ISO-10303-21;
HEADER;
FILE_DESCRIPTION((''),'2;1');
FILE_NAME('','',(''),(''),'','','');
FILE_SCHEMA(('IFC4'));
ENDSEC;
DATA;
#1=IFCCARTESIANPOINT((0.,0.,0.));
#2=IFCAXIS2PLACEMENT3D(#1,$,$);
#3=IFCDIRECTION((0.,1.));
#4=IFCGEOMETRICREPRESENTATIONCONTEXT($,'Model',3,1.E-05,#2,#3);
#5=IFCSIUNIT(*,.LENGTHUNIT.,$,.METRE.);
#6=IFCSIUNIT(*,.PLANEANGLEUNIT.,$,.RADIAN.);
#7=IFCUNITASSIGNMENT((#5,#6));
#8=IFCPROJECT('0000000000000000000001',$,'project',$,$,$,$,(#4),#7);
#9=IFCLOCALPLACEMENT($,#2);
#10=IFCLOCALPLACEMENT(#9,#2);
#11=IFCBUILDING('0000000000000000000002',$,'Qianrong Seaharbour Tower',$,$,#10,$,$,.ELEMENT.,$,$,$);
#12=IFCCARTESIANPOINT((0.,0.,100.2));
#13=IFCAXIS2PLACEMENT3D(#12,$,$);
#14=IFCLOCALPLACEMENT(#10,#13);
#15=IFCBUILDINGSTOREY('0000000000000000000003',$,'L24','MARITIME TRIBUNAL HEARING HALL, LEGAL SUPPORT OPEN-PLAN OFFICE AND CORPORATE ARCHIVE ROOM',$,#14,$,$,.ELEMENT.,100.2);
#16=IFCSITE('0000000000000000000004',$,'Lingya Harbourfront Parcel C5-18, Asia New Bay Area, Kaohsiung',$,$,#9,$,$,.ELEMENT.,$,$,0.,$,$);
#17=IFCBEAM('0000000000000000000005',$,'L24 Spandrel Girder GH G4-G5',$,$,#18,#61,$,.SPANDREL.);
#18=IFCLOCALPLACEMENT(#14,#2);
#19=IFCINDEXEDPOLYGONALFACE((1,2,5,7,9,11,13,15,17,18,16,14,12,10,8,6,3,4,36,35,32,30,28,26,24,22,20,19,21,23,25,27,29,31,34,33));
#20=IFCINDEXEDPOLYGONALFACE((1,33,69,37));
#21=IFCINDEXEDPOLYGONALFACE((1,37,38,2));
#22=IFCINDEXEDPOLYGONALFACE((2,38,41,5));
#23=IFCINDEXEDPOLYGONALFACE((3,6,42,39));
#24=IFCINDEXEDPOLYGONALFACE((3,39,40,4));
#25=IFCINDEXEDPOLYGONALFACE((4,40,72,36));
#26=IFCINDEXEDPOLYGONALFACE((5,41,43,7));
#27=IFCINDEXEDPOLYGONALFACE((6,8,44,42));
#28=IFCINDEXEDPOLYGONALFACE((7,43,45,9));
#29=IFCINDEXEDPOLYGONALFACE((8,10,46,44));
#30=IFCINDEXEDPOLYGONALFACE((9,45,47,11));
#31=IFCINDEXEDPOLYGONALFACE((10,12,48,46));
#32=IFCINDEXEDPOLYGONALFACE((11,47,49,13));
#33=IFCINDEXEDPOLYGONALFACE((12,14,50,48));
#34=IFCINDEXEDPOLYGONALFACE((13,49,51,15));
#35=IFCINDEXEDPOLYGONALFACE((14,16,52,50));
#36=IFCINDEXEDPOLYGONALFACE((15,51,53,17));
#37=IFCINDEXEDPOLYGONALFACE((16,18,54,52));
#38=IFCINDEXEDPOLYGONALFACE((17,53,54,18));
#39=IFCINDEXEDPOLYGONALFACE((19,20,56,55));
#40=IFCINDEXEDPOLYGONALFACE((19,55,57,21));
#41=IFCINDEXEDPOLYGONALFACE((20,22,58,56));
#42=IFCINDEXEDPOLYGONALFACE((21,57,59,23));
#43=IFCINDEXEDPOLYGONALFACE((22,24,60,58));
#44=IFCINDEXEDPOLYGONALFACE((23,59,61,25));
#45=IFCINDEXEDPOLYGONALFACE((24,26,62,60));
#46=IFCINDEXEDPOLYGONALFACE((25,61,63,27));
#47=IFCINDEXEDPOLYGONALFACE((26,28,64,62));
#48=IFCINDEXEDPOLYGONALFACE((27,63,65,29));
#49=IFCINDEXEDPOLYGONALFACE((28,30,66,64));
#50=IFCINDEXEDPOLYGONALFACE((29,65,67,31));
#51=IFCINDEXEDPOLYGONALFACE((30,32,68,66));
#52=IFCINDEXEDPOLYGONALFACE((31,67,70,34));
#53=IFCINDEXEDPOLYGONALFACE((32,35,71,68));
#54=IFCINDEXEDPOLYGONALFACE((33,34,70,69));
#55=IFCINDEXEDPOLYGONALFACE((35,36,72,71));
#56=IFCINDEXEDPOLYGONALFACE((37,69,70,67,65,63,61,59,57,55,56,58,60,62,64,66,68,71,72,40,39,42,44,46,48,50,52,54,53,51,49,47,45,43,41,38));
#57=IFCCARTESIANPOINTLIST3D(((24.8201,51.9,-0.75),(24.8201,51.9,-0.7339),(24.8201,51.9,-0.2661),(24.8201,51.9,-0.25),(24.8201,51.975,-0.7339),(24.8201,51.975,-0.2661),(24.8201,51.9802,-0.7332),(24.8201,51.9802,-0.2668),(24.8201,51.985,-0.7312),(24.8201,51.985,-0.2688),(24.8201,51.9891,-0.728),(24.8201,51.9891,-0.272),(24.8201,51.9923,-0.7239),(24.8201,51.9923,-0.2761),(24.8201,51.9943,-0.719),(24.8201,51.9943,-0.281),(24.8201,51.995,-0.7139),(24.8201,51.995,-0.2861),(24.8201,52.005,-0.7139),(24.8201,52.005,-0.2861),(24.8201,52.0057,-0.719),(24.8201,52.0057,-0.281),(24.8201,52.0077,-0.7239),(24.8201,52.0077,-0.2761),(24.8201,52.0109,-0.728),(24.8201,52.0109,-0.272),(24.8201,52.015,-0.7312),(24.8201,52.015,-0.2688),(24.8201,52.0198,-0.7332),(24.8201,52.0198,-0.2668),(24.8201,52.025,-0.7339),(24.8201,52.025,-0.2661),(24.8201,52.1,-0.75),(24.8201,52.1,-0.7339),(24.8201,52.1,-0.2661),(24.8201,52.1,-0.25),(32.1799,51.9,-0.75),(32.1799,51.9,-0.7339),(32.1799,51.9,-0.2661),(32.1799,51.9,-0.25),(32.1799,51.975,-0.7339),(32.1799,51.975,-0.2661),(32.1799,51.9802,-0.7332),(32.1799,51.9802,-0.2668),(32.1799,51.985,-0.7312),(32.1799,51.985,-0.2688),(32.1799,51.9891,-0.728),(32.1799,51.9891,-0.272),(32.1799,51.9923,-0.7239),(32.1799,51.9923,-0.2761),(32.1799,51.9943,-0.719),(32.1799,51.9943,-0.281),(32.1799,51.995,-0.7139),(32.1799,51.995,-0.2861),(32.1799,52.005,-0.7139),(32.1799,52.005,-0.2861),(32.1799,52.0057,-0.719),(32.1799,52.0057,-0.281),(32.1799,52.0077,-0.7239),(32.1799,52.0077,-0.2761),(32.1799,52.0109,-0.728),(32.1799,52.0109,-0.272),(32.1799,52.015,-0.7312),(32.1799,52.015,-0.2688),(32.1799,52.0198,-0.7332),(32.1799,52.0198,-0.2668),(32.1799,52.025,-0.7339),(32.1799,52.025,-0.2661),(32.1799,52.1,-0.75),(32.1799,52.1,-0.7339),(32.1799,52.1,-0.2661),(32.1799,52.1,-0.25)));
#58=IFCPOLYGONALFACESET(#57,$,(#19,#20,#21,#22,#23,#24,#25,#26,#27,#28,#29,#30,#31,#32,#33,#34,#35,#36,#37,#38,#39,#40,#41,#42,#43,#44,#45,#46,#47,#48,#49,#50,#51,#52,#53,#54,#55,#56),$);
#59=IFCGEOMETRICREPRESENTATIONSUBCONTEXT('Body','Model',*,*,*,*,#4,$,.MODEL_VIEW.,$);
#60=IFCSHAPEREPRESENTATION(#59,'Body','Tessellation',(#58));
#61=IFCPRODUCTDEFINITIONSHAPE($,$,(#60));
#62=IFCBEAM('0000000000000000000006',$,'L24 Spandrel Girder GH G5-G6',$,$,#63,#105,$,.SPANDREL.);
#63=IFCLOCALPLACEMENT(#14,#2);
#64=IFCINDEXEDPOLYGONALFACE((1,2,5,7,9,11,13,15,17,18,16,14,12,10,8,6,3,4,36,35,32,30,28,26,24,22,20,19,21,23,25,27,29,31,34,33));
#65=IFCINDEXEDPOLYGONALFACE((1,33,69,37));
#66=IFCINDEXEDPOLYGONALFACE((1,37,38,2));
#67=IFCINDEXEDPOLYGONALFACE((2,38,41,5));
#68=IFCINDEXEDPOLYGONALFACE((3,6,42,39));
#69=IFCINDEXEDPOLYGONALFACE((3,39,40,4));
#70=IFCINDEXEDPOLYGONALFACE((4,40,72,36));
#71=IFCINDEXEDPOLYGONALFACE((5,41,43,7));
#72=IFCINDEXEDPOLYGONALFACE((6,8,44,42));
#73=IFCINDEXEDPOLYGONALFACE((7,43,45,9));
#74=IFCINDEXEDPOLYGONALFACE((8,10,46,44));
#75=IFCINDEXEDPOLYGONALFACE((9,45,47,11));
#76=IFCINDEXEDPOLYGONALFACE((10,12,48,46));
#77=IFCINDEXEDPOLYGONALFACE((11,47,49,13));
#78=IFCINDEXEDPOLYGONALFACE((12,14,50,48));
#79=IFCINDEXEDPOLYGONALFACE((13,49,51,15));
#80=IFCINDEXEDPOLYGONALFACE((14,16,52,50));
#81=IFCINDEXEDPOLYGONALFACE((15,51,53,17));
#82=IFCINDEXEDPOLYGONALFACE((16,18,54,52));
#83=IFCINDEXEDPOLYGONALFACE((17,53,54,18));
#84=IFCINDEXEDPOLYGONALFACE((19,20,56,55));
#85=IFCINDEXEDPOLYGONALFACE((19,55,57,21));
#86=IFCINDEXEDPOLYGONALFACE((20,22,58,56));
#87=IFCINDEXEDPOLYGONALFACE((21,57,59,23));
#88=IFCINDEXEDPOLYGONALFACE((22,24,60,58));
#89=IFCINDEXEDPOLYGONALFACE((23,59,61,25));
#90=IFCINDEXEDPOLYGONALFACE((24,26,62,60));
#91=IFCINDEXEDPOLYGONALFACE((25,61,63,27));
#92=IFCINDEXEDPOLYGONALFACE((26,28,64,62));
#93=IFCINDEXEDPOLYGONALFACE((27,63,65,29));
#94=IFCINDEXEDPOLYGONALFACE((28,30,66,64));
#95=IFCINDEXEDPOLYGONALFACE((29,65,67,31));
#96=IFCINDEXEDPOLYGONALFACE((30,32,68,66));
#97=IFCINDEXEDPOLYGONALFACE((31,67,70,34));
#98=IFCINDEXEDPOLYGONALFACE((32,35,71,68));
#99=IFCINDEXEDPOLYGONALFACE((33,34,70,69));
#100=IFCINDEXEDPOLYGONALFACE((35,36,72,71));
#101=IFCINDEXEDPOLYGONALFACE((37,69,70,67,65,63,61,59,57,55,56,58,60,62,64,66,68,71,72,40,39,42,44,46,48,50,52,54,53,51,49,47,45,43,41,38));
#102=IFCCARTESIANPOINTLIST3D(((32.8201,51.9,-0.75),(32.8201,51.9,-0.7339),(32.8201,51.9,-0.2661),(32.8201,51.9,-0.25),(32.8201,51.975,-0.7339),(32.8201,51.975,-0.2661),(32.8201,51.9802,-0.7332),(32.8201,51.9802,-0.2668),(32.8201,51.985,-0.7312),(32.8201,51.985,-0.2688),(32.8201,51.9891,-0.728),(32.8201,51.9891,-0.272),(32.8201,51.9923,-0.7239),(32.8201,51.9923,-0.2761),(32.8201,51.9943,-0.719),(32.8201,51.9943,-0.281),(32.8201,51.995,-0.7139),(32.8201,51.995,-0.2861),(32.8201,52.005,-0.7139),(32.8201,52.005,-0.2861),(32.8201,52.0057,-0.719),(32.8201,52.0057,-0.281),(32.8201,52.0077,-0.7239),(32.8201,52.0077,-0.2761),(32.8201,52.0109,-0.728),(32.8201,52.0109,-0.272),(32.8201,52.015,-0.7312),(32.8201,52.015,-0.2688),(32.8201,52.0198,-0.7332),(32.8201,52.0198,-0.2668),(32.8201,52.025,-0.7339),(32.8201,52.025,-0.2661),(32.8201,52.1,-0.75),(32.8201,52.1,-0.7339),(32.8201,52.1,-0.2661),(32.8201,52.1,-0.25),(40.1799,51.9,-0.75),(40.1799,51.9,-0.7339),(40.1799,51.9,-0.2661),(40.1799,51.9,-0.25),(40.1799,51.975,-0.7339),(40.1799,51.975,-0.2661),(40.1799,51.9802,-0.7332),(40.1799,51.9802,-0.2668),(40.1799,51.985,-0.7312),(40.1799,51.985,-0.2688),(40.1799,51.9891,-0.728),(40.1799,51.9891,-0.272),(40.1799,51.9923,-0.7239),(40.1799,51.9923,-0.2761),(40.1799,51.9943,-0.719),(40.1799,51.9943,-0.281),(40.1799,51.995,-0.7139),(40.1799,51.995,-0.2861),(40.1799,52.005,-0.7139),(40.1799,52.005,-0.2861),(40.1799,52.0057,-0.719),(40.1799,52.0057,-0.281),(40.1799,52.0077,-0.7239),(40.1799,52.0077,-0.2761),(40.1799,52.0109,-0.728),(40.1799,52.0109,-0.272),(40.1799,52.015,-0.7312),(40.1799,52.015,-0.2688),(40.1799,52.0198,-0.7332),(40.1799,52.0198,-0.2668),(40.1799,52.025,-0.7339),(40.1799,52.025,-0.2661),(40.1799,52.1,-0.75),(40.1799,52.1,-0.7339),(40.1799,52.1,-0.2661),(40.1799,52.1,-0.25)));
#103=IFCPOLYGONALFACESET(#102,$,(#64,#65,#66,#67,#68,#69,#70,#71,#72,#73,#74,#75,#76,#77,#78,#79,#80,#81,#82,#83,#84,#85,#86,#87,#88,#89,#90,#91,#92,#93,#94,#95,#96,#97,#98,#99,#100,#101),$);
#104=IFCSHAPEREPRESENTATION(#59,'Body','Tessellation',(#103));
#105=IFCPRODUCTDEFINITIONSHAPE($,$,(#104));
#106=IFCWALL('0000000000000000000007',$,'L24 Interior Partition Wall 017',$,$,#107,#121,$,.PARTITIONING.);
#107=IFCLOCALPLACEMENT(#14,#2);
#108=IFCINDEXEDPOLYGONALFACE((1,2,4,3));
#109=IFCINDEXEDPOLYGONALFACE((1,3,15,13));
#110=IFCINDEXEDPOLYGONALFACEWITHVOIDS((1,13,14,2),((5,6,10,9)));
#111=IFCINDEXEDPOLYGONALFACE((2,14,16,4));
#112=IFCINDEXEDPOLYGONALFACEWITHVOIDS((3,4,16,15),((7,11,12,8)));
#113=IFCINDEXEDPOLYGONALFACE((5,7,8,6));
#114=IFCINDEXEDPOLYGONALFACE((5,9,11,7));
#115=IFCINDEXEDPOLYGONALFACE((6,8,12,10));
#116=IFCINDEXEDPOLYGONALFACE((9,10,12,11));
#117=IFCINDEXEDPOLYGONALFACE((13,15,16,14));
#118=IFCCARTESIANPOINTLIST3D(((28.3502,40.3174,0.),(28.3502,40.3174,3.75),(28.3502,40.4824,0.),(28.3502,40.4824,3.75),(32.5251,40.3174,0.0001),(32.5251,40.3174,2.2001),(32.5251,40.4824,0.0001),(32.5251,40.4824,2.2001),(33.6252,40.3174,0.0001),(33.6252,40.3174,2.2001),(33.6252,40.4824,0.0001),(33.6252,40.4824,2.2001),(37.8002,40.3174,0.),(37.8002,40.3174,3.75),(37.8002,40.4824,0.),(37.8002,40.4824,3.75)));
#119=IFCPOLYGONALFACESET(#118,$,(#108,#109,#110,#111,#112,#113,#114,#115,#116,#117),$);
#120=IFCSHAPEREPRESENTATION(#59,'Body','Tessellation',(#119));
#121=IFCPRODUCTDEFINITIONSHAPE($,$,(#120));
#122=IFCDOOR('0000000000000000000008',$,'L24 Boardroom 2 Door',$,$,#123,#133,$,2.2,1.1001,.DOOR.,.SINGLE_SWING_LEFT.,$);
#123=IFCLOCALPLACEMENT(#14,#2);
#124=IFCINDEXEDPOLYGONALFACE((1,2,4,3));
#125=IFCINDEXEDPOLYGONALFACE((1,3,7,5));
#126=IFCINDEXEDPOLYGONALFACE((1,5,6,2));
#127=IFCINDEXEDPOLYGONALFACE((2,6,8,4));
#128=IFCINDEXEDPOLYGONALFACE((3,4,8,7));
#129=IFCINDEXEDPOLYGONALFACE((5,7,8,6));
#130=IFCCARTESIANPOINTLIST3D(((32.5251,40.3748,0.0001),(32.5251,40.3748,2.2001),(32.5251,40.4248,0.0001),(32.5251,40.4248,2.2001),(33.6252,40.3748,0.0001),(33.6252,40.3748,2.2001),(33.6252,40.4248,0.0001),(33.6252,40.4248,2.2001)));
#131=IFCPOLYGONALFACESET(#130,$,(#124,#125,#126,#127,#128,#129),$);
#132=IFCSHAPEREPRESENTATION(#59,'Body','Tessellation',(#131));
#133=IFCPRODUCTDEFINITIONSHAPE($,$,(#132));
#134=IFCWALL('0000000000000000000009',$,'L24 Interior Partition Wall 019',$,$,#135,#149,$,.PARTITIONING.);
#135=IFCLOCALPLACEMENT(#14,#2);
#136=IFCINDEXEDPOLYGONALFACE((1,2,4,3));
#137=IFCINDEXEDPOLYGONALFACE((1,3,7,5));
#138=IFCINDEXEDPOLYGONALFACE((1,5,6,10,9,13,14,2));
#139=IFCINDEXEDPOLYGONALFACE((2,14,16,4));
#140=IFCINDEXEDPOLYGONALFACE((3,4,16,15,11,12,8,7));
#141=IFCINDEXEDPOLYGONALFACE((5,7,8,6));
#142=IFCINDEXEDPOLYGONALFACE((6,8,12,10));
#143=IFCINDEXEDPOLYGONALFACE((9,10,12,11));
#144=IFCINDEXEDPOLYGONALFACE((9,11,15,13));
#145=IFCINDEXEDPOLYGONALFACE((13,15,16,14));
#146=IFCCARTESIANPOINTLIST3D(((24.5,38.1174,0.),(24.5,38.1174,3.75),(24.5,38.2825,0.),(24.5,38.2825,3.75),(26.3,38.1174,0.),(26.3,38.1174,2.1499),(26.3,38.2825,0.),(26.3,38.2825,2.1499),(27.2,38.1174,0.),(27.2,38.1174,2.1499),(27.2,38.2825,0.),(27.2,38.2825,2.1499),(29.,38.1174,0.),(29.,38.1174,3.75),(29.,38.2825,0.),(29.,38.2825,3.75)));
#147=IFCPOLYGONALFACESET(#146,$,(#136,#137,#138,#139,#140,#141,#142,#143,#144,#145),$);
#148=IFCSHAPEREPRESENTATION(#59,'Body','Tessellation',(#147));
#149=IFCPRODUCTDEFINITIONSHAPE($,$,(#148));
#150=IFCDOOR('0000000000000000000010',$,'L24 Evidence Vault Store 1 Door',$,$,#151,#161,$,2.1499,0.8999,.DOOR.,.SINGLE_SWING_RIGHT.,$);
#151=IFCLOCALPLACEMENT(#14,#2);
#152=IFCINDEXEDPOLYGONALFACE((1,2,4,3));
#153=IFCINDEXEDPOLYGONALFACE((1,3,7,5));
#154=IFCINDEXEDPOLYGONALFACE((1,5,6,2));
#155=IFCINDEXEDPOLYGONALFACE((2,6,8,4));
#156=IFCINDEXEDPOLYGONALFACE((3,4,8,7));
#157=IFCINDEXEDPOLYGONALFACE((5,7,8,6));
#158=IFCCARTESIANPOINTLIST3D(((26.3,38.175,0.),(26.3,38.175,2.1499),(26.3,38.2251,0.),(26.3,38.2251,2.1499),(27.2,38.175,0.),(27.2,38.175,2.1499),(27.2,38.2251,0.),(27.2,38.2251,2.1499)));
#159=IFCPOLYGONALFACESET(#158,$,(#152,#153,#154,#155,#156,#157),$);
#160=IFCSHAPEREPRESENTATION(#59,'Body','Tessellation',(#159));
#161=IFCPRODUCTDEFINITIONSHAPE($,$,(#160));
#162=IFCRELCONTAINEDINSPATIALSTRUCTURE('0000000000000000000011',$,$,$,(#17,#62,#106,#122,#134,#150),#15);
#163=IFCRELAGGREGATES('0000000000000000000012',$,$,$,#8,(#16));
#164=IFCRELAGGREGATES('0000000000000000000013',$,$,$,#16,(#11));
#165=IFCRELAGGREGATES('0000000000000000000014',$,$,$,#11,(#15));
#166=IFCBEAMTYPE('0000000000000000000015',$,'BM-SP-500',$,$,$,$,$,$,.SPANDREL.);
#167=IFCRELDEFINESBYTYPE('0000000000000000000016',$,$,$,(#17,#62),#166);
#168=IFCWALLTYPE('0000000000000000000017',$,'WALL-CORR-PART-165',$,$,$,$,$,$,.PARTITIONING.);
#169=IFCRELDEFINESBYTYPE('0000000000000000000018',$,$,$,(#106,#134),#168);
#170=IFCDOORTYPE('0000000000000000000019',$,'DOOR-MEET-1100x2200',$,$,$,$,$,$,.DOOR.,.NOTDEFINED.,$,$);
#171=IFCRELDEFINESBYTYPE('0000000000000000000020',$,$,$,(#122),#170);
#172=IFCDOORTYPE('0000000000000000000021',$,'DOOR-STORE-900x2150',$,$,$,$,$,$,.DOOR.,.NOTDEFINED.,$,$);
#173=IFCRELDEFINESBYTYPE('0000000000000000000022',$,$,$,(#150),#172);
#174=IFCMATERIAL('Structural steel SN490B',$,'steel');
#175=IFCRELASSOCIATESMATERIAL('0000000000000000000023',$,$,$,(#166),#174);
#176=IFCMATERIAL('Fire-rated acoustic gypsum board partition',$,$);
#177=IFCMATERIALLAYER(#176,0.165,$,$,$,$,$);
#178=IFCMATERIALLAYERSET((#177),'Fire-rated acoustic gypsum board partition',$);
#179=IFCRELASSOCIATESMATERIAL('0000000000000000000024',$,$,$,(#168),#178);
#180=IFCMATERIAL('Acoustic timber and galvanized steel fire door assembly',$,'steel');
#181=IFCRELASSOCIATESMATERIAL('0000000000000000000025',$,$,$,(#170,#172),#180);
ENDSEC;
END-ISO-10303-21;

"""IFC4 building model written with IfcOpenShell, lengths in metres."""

from ifc_helpers import new_model, si_unit, direction, frame, frame_2d, origin, origin_2d, place, context, subcontext, project, spatial, rectangle, i_section, extrude, material, layer, layer_set, material_profile, profile_set, type_object, element, fill, save


model = new_model("IFC4")

# Units and contexts
model_context = context("Model", 3, precision=1e-05, world=origin(), true_north=direction((0.0, 1.0)))
body_context = subcontext(model_context, "Body", "Model", "MODEL_VIEW")
ifc_project = project(units=[si_unit("LENGTHUNIT", "METRE"), si_unit("PLANEANGLEUNIT", "RADIAN")], contexts=[model_context])

# Site, building, storey
site_placement = place(None, origin())
site = spatial("IfcSite", under=ifc_project, at=site_placement, Name="Lingya Harbourfront Parcel C5-18, Asia New Bay Area, Kaohsiung", CompositionType="ELEMENT", RefElevation=0.0)
building_placement = place(site_placement, origin())
building = spatial("IfcBuilding", under=site, at=building_placement, Name="Qianrong Seaharbour Tower", CompositionType="ELEMENT")
storey_placement = place(building_placement, frame((0.0, 0.0, 100.2)))
storey = spatial("IfcBuildingStorey", under=building, at=storey_placement, Name="L24", Description="MARITIME TRIBUNAL HEARING HALL, LEGAL SUPPORT OPEN-PLAN OFFICE AND CORPORATE ARCHIVE ROOM", CompositionType="ELEMENT", Elevation=100.2)

# Shared definitions
ifc_material_1 = material(Name="Structural steel SN490B", Category="steel")

# Beams
ifc_material_profile_1 = material_profile(ifc_material_1, i_section(OverallWidth=0.2, OverallDepth=0.5, WebThickness=0.01, FlangeThickness=0.0161, FilletRadius=0.02, at=origin_2d()), Name="H500x200x10x16")
ifc_profile_set_1 = profile_set([ifc_material_profile_1], Name="Structural steel SN490B")
beam_type_1 = type_object("IfcBeamType", Name="BM-SP-500", PredefinedType="SPANDREL", material=ifc_profile_set_1)
for number, where, z_axis, x_axis, name in (
    (1, (24.8201, 52.0, -0.5), (1.0, 0.0, 0.0), (0.0, 1.0, 0.0), "L24 Spandrel Girder GH G4-G5"),
    (2, (32.8201, 52.0, -0.5), (1.0, 0.0, 0.0), (0.0, 1.0, 0.0), "L24 Spandrel Girder GH G5-G6"),
):
    element("IfcBeam", number, at=place(storey_placement, frame(where, z_axis=z_axis, x_axis=x_axis)), inside=storey, type_object=beam_type_1, Name=name, PredefinedType="SPANDREL", context=body_context, shape_type="SweptSolid", body=[
        extrude(i_section(OverallWidth=0.2, OverallDepth=0.5, WebThickness=0.01, FlangeThickness=0.0161, FilletRadius=0.02, at=origin_2d()), origin(), (0.0, 0.0, 1.0), 7.3599),
    ])

# Walls, openings, doors
ifc_material_2 = material(Name="Fire-rated acoustic gypsum board partition")
ifc_layer_1 = layer(ifc_material_2, 0.165)
ifc_layer_set_1 = layer_set([ifc_layer_1], Name="Fire-rated acoustic gypsum board partition")
wall_type_1 = type_object("IfcWallType", Name="WALL-CORR-PART-165", PredefinedType="PARTITIONING", material=ifc_layer_set_1)
wall_1_placement = place(storey_placement, frame((28.3501, 40.3999, 0.0), z_axis=(0.0, 0.0, 1.0), x_axis=(1.0, 0.0, 0.0)))
wall_1 = element("IfcWall", 3, at=wall_1_placement, inside=storey, type_object=wall_type_1, Name="L24 Interior Partition Wall 017", PredefinedType="PARTITIONING", context=body_context, shape_type="SweptSolid", body=[
    extrude(rectangle(XDim=9.45, YDim=0.165, at=frame_2d((4.7251, 0.0))), origin(), (0.0, 0.0, 1.0), 3.75),
])
opening_1_placement = place(wall_1_placement, frame((4.175, 0.0, 0.0)))
opening_1 = element("IfcOpeningElement", 4, at=opening_1_placement, cuts=wall_1, PredefinedType="OPENING", context=body_context, shape_type="SweptSolid", body=[
    extrude(rectangle(XDim=1.1001, YDim=2.2, at=frame_2d((0.55, 1.1001))), frame((0.0, 0.0925, 0.0), z_axis=(0.0, -1.0, 0.0), x_axis=(1.0, 0.0, 0.0)), (0.0, 0.0, 1.0), 0.1851),
])
ifc_material_3 = material(Name="Acoustic timber and galvanized steel fire door assembly", Category="steel")
door_type_1 = type_object("IfcDoorType", Name="DOOR-MEET-1100x2200", OperationType="NOTDEFINED", PredefinedType="DOOR", material=ifc_material_3)
door_1_placement = place(opening_1_placement, origin())
door_1 = element("IfcDoor", 5, at=door_1_placement, inside=storey, type_object=door_type_1, Name="L24 Boardroom 2 Door", OperationType="SINGLE_SWING_LEFT", OverallHeight=2.2, OverallWidth=1.1001, PredefinedType="DOOR", context=body_context, shape_type="SweptSolid", body=[
    extrude(rectangle(XDim=1.1001, YDim=2.2, at=frame_2d((0.55, 1.1001))), frame((0.0, 0.0249, 0.0), z_axis=(0.0, -1.0, 0.0), x_axis=(1.0, 0.0, 0.0)), (0.0, 0.0, 1.0), 0.05),
])
fill(opening_1, door_1)
wall_2_placement = place(storey_placement, frame((29.0, 38.2, 0.0), z_axis=(0.0, 0.0, 1.0), x_axis=(-1.0, 0.0, 0.0)))
wall_2 = element("IfcWall", 6, at=wall_2_placement, inside=storey, type_object=wall_type_1, Name="L24 Interior Partition Wall 019", PredefinedType="PARTITIONING", context=body_context, shape_type="SweptSolid", body=[
    extrude(rectangle(XDim=4.5, YDim=0.165, at=frame_2d((2.25, 0.0))), origin(), (0.0, 0.0, 1.0), 3.75),
])
opening_2_placement = place(wall_2_placement, frame((1.8, 0.0, 0.0)))
opening_2 = element("IfcOpeningElement", 7, at=opening_2_placement, cuts=wall_2, PredefinedType="OPENING", context=body_context, shape_type="SweptSolid", body=[
    extrude(rectangle(XDim=0.8999, YDim=2.1499, at=frame_2d((0.45, 1.075))), frame((0.0, 0.0925, 0.0), z_axis=(0.0, -1.0, 0.0), x_axis=(1.0, 0.0, 0.0)), (0.0, 0.0, 1.0), 0.1851),
])
door_type_2 = type_object("IfcDoorType", Name="DOOR-STORE-900x2150", OperationType="NOTDEFINED", PredefinedType="DOOR", material=ifc_material_3)
door_2_placement = place(opening_2_placement, origin())
door_2 = element("IfcDoor", 8, at=door_2_placement, inside=storey, type_object=door_type_2, Name="L24 Evidence Vault Store 1 Door", OperationType="SINGLE_SWING_RIGHT", OverallHeight=2.1499, OverallWidth=0.8999, PredefinedType="DOOR", context=body_context, shape_type="SweptSolid", body=[
    extrude(rectangle(XDim=0.8999, YDim=2.1499, at=frame_2d((0.45, 1.075))), frame((0.0, 0.0249, 0.0), z_axis=(0.0, -1.0, 0.0), x_axis=(1.0, 0.0, 0.0)), (0.0, 0.0, 1.0), 0.05),
])
fill(opening_2, door_2)

save(model, "model.ifc")
